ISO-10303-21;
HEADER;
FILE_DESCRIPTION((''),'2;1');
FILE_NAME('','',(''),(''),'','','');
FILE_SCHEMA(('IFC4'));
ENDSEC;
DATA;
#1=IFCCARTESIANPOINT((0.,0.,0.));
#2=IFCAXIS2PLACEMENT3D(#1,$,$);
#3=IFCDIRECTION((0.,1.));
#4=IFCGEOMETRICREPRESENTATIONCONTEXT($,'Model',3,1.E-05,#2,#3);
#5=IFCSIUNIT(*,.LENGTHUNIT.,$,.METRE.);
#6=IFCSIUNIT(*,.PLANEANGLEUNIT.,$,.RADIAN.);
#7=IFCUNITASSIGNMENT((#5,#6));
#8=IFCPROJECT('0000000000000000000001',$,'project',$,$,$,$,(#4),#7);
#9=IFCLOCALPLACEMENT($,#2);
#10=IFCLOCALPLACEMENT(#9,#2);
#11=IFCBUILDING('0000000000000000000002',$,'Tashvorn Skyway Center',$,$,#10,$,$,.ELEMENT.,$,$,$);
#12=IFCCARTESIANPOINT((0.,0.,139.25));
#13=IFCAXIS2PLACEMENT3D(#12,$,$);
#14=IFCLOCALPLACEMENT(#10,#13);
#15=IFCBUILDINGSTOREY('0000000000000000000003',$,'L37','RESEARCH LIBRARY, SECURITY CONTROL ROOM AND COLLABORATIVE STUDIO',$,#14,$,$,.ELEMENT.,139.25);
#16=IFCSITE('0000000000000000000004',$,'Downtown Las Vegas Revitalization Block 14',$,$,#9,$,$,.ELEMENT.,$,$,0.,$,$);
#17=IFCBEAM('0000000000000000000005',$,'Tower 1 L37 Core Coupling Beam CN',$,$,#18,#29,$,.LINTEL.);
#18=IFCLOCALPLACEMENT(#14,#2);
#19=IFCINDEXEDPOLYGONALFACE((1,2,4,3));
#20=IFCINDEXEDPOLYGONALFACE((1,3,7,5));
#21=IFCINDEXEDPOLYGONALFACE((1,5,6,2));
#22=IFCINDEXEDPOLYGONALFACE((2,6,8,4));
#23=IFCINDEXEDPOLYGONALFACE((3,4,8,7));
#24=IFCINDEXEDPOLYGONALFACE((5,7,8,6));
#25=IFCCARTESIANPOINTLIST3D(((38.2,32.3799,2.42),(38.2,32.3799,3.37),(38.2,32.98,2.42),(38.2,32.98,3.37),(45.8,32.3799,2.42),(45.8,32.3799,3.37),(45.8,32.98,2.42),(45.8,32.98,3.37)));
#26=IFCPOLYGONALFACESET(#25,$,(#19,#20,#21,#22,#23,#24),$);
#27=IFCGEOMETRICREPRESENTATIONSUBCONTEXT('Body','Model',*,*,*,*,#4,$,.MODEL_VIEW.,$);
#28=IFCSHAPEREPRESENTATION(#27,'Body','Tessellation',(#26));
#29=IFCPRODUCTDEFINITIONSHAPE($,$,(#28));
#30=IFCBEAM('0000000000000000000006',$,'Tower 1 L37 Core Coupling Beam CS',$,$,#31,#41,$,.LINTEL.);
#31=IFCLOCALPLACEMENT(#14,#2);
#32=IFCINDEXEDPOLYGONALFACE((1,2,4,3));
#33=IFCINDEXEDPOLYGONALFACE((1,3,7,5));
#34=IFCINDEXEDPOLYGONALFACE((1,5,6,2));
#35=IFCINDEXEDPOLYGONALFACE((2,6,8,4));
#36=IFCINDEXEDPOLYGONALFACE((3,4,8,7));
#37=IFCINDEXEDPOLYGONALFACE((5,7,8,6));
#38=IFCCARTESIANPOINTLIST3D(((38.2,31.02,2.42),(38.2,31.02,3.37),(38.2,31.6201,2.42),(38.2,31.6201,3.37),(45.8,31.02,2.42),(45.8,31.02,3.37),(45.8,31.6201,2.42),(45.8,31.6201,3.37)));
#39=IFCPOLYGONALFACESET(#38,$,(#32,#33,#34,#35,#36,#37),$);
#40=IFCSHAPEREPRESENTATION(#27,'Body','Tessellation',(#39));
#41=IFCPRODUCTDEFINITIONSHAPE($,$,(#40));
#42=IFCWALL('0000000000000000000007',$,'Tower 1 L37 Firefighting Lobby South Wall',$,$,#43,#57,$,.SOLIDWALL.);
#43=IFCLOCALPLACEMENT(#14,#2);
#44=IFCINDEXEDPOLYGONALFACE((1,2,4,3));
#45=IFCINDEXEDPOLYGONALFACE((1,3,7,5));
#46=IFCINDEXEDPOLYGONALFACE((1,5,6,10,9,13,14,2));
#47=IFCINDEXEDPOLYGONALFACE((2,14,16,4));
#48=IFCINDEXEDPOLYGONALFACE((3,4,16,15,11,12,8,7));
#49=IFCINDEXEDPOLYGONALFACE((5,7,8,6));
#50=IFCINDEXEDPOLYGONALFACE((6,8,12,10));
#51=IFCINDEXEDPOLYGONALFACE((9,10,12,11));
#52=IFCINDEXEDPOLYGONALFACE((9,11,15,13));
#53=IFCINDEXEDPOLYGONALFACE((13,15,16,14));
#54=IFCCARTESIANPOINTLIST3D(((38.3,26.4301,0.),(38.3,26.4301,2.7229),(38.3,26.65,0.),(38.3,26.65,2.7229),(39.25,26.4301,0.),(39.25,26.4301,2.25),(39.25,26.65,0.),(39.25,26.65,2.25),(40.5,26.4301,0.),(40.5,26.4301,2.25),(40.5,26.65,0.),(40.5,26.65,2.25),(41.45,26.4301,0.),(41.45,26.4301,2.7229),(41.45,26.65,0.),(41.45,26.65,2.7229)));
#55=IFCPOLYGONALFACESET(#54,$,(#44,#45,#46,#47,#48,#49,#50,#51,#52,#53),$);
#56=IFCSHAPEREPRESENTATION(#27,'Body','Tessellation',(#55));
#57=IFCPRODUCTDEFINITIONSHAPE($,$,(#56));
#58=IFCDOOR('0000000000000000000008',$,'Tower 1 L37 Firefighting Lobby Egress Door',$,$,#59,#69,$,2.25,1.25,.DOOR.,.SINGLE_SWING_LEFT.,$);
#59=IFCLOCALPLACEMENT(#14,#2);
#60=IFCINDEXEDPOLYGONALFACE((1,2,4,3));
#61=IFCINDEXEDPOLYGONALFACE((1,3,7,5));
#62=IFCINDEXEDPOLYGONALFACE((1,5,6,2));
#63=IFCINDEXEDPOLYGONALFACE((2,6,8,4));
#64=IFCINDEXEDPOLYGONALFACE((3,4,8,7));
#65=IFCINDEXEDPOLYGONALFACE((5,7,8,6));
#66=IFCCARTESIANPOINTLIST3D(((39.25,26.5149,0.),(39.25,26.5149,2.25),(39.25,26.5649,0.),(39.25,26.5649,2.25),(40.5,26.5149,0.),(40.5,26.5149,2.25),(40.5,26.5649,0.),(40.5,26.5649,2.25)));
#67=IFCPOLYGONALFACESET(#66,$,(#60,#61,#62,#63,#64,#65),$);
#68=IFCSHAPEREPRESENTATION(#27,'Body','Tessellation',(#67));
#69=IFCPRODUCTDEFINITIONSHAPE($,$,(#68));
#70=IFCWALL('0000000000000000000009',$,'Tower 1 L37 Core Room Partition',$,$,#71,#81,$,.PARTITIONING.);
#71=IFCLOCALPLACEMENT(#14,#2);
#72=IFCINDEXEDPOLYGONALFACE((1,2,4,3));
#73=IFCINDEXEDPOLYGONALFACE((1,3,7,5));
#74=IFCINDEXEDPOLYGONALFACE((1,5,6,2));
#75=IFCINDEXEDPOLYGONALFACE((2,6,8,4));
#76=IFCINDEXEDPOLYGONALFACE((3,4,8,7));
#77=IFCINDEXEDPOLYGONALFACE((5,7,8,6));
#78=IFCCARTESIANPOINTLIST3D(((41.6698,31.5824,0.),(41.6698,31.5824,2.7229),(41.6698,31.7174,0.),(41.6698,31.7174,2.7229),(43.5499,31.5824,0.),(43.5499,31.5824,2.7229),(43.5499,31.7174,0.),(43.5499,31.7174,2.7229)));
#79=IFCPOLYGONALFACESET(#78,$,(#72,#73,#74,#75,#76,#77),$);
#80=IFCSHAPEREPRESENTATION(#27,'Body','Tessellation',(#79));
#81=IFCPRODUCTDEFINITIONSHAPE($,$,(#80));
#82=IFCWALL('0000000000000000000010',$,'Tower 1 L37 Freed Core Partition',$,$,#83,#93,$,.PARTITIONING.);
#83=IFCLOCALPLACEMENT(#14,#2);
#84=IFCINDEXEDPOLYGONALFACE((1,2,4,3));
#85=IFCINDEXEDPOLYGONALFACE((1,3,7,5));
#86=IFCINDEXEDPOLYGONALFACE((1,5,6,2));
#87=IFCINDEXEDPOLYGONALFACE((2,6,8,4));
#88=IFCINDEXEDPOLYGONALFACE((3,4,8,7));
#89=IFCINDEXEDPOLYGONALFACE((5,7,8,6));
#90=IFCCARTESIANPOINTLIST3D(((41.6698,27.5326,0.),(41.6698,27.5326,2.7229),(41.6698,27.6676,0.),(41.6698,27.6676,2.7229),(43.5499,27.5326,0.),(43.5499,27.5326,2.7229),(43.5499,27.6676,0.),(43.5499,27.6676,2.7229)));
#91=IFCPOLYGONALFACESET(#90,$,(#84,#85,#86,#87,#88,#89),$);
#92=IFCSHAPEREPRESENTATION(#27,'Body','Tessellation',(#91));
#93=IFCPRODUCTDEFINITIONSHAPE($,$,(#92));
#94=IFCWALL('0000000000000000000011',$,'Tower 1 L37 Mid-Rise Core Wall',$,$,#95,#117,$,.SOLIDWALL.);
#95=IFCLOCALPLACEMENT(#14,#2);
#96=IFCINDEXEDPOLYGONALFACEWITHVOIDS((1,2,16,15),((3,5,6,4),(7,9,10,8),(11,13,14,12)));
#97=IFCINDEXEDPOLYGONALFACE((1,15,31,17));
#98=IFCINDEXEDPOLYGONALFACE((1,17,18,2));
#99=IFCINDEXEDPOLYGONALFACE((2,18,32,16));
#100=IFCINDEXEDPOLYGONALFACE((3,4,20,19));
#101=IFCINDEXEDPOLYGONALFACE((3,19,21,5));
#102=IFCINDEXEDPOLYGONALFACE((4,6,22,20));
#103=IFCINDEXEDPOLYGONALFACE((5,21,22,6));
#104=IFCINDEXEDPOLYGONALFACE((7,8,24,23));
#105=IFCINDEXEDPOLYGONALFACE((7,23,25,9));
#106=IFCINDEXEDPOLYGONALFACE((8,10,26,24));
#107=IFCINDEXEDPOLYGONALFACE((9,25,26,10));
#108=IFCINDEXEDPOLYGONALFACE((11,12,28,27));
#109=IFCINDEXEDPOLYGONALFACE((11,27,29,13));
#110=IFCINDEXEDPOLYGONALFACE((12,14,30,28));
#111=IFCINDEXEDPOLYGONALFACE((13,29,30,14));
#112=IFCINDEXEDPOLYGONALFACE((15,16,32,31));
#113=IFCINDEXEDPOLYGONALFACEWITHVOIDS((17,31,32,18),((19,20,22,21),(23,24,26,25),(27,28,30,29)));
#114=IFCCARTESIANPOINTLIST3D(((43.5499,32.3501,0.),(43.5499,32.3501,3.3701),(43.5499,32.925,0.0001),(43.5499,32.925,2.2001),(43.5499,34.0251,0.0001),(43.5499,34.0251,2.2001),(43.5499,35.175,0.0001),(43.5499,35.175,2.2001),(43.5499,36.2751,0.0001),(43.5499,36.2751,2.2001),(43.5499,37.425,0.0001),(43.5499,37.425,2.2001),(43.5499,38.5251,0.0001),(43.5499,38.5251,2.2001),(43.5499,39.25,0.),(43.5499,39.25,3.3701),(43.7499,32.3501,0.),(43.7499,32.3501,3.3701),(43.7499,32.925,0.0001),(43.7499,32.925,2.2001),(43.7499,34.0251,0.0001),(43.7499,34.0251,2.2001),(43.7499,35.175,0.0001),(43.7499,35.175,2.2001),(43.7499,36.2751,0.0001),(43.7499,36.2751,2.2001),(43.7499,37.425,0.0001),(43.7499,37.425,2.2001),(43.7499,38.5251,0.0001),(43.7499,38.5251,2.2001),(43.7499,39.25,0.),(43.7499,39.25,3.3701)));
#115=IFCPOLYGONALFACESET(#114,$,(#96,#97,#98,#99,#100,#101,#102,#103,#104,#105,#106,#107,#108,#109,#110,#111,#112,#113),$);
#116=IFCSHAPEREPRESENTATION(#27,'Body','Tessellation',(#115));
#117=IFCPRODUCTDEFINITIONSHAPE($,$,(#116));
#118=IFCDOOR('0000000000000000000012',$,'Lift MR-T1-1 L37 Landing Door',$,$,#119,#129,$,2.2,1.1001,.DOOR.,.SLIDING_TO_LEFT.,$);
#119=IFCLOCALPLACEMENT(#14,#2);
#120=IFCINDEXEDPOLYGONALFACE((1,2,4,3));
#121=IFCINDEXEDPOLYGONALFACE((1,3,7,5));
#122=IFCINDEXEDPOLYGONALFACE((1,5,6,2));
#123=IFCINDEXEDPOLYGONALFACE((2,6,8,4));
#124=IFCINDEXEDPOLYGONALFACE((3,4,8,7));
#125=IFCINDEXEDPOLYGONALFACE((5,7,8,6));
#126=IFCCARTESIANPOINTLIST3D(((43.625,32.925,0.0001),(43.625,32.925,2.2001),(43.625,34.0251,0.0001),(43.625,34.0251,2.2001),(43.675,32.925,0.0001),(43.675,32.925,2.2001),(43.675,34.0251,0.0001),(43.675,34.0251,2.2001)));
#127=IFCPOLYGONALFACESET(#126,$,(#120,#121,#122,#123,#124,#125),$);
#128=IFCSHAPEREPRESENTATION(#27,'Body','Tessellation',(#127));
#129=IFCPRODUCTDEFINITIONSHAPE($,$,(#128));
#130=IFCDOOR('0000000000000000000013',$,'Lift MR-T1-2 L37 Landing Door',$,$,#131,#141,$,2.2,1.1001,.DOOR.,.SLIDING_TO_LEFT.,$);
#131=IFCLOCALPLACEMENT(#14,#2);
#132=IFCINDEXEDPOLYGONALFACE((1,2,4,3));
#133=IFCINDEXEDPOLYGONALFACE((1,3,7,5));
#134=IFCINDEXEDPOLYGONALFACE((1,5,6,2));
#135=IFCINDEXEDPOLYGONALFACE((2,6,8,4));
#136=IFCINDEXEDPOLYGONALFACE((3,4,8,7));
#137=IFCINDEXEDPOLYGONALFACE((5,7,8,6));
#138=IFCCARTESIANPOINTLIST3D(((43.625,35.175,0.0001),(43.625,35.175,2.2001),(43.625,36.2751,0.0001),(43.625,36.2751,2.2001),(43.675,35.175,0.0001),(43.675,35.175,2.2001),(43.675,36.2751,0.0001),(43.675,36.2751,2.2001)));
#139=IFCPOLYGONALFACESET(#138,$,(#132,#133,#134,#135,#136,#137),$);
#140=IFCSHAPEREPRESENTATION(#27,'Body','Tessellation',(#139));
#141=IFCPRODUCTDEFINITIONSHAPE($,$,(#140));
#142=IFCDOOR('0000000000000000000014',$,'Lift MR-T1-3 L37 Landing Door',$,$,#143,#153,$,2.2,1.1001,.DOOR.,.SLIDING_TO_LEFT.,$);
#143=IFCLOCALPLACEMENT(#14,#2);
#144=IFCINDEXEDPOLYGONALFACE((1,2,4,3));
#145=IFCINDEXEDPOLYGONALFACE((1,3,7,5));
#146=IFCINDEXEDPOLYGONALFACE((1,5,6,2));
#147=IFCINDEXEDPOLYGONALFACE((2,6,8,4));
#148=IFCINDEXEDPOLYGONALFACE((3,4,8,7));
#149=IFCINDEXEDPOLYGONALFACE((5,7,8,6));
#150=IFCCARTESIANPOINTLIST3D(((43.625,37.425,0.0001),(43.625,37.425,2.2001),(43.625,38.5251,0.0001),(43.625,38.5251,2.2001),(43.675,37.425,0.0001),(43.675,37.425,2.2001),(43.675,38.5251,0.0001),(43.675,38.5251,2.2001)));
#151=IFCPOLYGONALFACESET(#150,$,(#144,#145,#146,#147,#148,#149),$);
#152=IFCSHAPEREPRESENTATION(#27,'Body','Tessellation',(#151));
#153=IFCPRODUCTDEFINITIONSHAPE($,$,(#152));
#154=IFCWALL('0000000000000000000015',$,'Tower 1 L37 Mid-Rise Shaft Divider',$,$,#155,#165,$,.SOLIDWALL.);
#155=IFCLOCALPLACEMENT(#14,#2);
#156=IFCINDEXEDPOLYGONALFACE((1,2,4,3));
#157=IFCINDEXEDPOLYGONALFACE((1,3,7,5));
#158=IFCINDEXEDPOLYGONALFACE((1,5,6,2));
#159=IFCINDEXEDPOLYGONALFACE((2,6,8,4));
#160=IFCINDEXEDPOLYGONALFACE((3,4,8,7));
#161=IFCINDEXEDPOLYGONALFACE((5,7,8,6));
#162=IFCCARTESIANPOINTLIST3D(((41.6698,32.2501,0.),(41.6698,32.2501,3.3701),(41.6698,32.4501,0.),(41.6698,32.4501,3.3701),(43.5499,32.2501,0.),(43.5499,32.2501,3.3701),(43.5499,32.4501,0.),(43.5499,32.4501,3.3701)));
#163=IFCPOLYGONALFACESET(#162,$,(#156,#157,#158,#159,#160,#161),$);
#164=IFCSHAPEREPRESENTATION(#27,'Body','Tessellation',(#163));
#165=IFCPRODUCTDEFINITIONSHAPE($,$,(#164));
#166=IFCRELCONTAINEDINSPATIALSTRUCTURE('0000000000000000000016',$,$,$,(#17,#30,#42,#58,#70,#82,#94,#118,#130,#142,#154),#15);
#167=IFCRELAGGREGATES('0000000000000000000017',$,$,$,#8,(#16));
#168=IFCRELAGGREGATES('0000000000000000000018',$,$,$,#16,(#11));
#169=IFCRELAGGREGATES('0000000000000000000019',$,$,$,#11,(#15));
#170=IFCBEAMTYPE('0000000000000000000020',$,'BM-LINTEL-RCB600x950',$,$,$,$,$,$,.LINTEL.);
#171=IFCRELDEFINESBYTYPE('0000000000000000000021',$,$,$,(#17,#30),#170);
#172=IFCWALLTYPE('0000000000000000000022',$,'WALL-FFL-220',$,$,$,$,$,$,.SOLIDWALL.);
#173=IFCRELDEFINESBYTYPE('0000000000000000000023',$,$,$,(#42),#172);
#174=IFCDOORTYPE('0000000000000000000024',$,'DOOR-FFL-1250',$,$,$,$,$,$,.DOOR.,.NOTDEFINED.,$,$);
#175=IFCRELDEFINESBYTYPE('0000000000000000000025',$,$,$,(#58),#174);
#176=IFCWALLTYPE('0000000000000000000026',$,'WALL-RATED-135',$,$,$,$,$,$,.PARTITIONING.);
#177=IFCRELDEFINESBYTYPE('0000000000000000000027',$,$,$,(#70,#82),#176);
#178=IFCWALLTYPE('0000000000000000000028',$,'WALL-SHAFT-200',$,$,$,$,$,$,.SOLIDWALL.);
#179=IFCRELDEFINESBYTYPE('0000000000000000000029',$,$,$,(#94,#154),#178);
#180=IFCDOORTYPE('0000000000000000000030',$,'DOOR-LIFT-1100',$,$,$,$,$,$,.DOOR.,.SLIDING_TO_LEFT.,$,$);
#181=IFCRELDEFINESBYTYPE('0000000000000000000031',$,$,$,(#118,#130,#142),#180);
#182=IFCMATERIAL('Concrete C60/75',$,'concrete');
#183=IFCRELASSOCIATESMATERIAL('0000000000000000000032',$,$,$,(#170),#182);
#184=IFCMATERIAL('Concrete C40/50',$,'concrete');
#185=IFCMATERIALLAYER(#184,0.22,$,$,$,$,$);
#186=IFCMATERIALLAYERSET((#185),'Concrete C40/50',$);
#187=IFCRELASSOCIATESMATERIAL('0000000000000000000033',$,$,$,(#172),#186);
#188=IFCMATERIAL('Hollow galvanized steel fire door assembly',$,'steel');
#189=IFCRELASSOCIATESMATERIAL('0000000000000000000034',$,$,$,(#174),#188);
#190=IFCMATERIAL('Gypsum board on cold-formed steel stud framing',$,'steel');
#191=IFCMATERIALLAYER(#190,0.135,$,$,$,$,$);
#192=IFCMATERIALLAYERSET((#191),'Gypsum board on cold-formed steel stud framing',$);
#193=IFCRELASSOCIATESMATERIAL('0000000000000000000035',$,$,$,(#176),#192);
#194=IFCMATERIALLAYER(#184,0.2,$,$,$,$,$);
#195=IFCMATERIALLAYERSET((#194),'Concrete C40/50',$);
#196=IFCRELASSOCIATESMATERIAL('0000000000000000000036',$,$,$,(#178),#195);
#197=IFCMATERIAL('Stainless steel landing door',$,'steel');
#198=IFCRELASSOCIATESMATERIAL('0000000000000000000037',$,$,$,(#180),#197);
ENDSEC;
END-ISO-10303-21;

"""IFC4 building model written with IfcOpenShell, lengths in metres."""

from ifc_helpers import new_model, si_unit, direction, frame, frame_2d, origin, origin_2d, place, context, subcontext, project, spatial, rectangle, extrude, material, layer, layer_set, material_profile, profile_set, type_object, element, fill, save


model = new_model("IFC4")

# Units and contexts
model_context = context("Model", 3, precision=1e-05, world=origin(), true_north=direction((0.0, 1.0)))
body_context = subcontext(model_context, "Body", "Model", "MODEL_VIEW")
ifc_project = project(units=[si_unit("LENGTHUNIT", "METRE"), si_unit("PLANEANGLEUNIT", "RADIAN")], contexts=[model_context])

# Site, building, storey
site_placement = place(None, origin())
site = spatial("IfcSite", under=ifc_project, at=site_placement, Name="Downtown Las Vegas Revitalization Block 14", CompositionType="ELEMENT", RefElevation=0.0)
building_placement = place(site_placement, origin())
building = spatial("IfcBuilding", under=site, at=building_placement, Name="Tashvorn Skyway Center", CompositionType="ELEMENT")
storey_placement = place(building_placement, frame((0.0, 0.0, 139.25)))
storey = spatial("IfcBuildingStorey", under=building, at=storey_placement, Name="L37", Description="RESEARCH LIBRARY, SECURITY CONTROL ROOM AND COLLABORATIVE STUDIO", CompositionType="ELEMENT", Elevation=139.25)

# Beams
ifc_material_1 = material(Name="Concrete C60/75", Category="concrete")
ifc_material_profile = material_profile(ifc_material_1, rectangle(XDim=0.6001, YDim=0.95, at=origin_2d()), Name="RCB600x950")
ifc_profile_set = profile_set([ifc_material_profile], Name="Concrete C60/75")
beam_type = type_object("IfcBeamType", Name="BM-LINTEL-RCB600x950", PredefinedType="LINTEL", material=ifc_profile_set)
for number, where, z_axis, x_axis, name in (
    (1, (38.2, 32.6799, 2.895), (1.0, 0.0, 0.0), (0.0, 1.0, 0.0), "Tower 1 L37 Core Coupling Beam CN"),
    (2, (38.2, 31.3201, 2.895), (1.0, 0.0, 0.0), (0.0, 1.0, 0.0), "Tower 1 L37 Core Coupling Beam CS"),
):
    element("IfcBeam", number, at=place(storey_placement, frame(where, z_axis=z_axis, x_axis=x_axis)), inside=storey, type_object=beam_type, Name=name, PredefinedType="LINTEL", context=body_context, shape_type="SweptSolid", body=[
        extrude(rectangle(XDim=0.6001, YDim=0.95, at=origin_2d()), origin(), (0.0, 0.0, 1.0), 7.6001),
    ])

# Wall, opening, door
ifc_material_2 = material(Name="Concrete C40/50", Category="concrete")
ifc_layer_1 = layer(ifc_material_2, 0.22)
ifc_layer_set_1 = layer_set([ifc_layer_1], Name="Concrete C40/50")
wall_type_1 = type_object("IfcWallType", Name="WALL-FFL-220", PredefinedType="SOLIDWALL", material=ifc_layer_set_1)
wall_1_placement = place(storey_placement, frame((38.3, 26.54, 0.0), z_axis=(0.0, 0.0, 1.0), x_axis=(1.0, 0.0, 0.0)))
wall_1 = element("IfcWall", 3, at=wall_1_placement, inside=storey, type_object=wall_type_1, Name="Tower 1 L37 Firefighting Lobby South Wall", PredefinedType="SOLIDWALL", context=body_context, shape_type="SweptSolid", body=[
    extrude(rectangle(XDim=3.1499, YDim=0.22, at=frame_2d((1.575, 0.0))), origin(), (0.0, 0.0, 1.0), 2.7229),
])
opening_1_placement = place(wall_1_placement, frame((0.95, 0.0, 0.0)))
opening_1 = element("IfcOpeningElement", 4, at=opening_1_placement, cuts=wall_1, PredefinedType="OPENING", context=body_context, shape_type="SweptSolid", body=[
    extrude(rectangle(XDim=1.25, YDim=2.25, at=frame_2d((0.625, 1.125))), frame((0.0, 0.1199, 0.0), z_axis=(0.0, -1.0, 0.0), x_axis=(1.0, 0.0, 0.0)), (0.0, 0.0, 1.0), 0.24),
])
ifc_material_3 = material(Name="Hollow galvanized steel fire door assembly", Category="steel")
door_type_1 = type_object("IfcDoorType", Name="DOOR-FFL-1250", OperationType="NOTDEFINED", PredefinedType="DOOR", material=ifc_material_3)
door_1_placement = place(opening_1_placement, origin())
door_1 = element("IfcDoor", 5, at=door_1_placement, inside=storey, type_object=door_type_1, Name="Tower 1 L37 Firefighting Lobby Egress Door", OperationType="SINGLE_SWING_LEFT", OverallHeight=2.25, OverallWidth=1.25, PredefinedType="DOOR", context=body_context, shape_type="SweptSolid", body=[
    extrude(rectangle(XDim=1.25, YDim=2.25, at=frame_2d((0.625, 1.125))), frame((0.0, 0.0249, 0.0), z_axis=(0.0, -1.0, 0.0), x_axis=(1.0, 0.0, 0.0)), (0.0, 0.0, 1.0), 0.05),
])
fill(opening_1, door_1)

# Walls
ifc_material_4 = material(Name="Gypsum board on cold-formed steel stud framing", Category="steel")
ifc_layer_2 = layer(ifc_material_4, 0.135)
ifc_layer_set_2 = layer_set([ifc_layer_2], Name="Gypsum board on cold-formed steel stud framing")
wall_type_2 = type_object("IfcWallType", Name="WALL-RATED-135", PredefinedType="PARTITIONING", material=ifc_layer_set_2)
for number, where, z_axis, x_axis, name in (
    (6, (41.6699, 31.6499, 0.0), (0.0, 0.0, 1.0), (1.0, 0.0, 0.0), "Tower 1 L37 Core Room Partition"),
    (7, (41.6699, 27.6001, 0.0), (0.0, 0.0, 1.0), (1.0, 0.0, 0.0), "Tower 1 L37 Freed Core Partition"),
):
    element("IfcWall", number, at=place(storey_placement, frame(where, z_axis=z_axis, x_axis=x_axis)), inside=storey, type_object=wall_type_2, Name=name, PredefinedType="PARTITIONING", context=body_context, shape_type="SweptSolid", body=[
        extrude(rectangle(XDim=1.8801, YDim=0.135, at=frame_2d((0.9399, 0.0))), origin(), (0.0, 0.0, 1.0), 2.7229),
    ])

# Wall, openings, doors
ifc_layer_3 = layer(ifc_material_2, 0.2)
ifc_layer_set_3 = layer_set([ifc_layer_3], Name="Concrete C40/50")
wall_type_3 = type_object("IfcWallType", Name="WALL-SHAFT-200", PredefinedType="SOLIDWALL", material=ifc_layer_set_3)
wall_2_placement = place(storey_placement, frame((43.6499, 32.3501, 0.0), z_axis=(0.0, 0.0, 1.0), x_axis=(0.0, 1.0, 0.0)))
wall_2 = element("IfcWall", 8, at=wall_2_placement, inside=storey, type_object=wall_type_3, Name="Tower 1 L37 Mid-Rise Core Wall", PredefinedType="SOLIDWALL", context=body_context, shape_type="SweptSolid", body=[
    extrude(rectangle(XDim=6.8999, YDim=0.2, at=frame_2d((3.45, 0.0))), origin(), (0.0, 0.0, 1.0), 3.3701),
])
opening_2_placement = place(wall_2_placement, frame((0.575, 0.0, 0.0)))
opening_2 = element("IfcOpeningElement", 9, at=opening_2_placement, cuts=wall_2, PredefinedType="OPENING", context=body_context, shape_type="SweptSolid", body=[
    extrude(rectangle(XDim=1.1001, YDim=2.2, at=frame_2d((0.55, 1.1001))), frame((0.0, 0.1099, 0.0), z_axis=(0.0, -1.0, 0.0), x_axis=(1.0, 0.0, 0.0)), (0.0, 0.0, 1.0), 0.22),
])
opening_3_placement = place(wall_2_placement, frame((2.825, 0.0, 0.0)))
opening_3 = element("IfcOpeningElement", 10, at=opening_3_placement, cuts=wall_2, PredefinedType="OPENING", context=body_context, shape_type="SweptSolid", body=[
    extrude(rectangle(XDim=1.1001, YDim=2.2, at=frame_2d((0.55, 1.1001))), frame((0.0, 0.1099, 0.0), z_axis=(0.0, -1.0, 0.0), x_axis=(1.0, 0.0, 0.0)), (0.0, 0.0, 1.0), 0.22),
])
opening_4_placement = place(wall_2_placement, frame((5.075, 0.0, 0.0)))
opening_4 = element("IfcOpeningElement", 11, at=opening_4_placement, cuts=wall_2, PredefinedType="OPENING", context=body_context, shape_type="SweptSolid", body=[
    extrude(rectangle(XDim=1.1001, YDim=2.2, at=frame_2d((0.55, 1.1001))), frame((0.0, 0.1099, 0.0), z_axis=(0.0, -1.0, 0.0), x_axis=(1.0, 0.0, 0.0)), (0.0, 0.0, 1.0), 0.22),
])
ifc_material_5 = material(Name="Stainless steel landing door", Category="steel")
door_type_2 = type_object("IfcDoorType", Name="DOOR-LIFT-1100", OperationType="SLIDING_TO_LEFT", PredefinedType="DOOR", material=ifc_material_5)
door_2_placement = place(opening_2_placement, origin())
door_2 = element("IfcDoor", 12, at=door_2_placement, inside=storey, type_object=door_type_2, Name="Lift MR-T1-1 L37 Landing Door", OperationType="SLIDING_TO_LEFT", OverallHeight=2.2, OverallWidth=1.1001, PredefinedType="DOOR", context=body_context, shape_type="SweptSolid", body=[
    extrude(rectangle(XDim=1.1001, YDim=2.2, at=frame_2d((0.55, 1.1001))), frame((0.0, 0.0249, 0.0), z_axis=(0.0, -1.0, 0.0), x_axis=(1.0, 0.0, 0.0)), (0.0, 0.0, 1.0), 0.05),
])
fill(opening_2, door_2)
door_3_placement = place(opening_3_placement, origin())
door_3 = element("IfcDoor", 13, at=door_3_placement, inside=storey, type_object=door_type_2, Name="Lift MR-T1-2 L37 Landing Door", OperationType="SLIDING_TO_LEFT", OverallHeight=2.2, OverallWidth=1.1001, PredefinedType="DOOR", context=body_context, shape_type="SweptSolid", body=[
    extrude(rectangle(XDim=1.1001, YDim=2.2, at=frame_2d((0.55, 1.1001))), frame((0.0, 0.0249, 0.0), z_axis=(0.0, -1.0, 0.0), x_axis=(1.0, 0.0, 0.0)), (0.0, 0.0, 1.0), 0.05),
])
fill(opening_3, door_3)
door_4_placement = place(opening_4_placement, origin())
door_4 = element("IfcDoor", 14, at=door_4_placement, inside=storey, type_object=door_type_2, Name="Lift MR-T1-3 L37 Landing Door", OperationType="SLIDING_TO_LEFT", OverallHeight=2.2, OverallWidth=1.1001, PredefinedType="DOOR", context=body_context, shape_type="SweptSolid", body=[
    extrude(rectangle(XDim=1.1001, YDim=2.2, at=frame_2d((0.55, 1.1001))), frame((0.0, 0.0249, 0.0), z_axis=(0.0, -1.0, 0.0), x_axis=(1.0, 0.0, 0.0)), (0.0, 0.0, 1.0), 0.05),
])
fill(opening_4, door_4)

# Wall
wall_3_placement = place(storey_placement, frame((41.6699, 32.3501, 0.0), z_axis=(0.0, 0.0, 1.0), x_axis=(1.0, 0.0, 0.0)))
element("IfcWall", 15, at=wall_3_placement, inside=storey, type_object=wall_type_3, Name="Tower 1 L37 Mid-Rise Shaft Divider", PredefinedType="SOLIDWALL", context=body_context, shape_type="SweptSolid", body=[
    extrude(rectangle(XDim=1.8801, YDim=0.2, at=frame_2d((0.9399, 0.0))), origin(), (0.0, 0.0, 1.0), 3.3701),
])

save(model, "model.ifc")
